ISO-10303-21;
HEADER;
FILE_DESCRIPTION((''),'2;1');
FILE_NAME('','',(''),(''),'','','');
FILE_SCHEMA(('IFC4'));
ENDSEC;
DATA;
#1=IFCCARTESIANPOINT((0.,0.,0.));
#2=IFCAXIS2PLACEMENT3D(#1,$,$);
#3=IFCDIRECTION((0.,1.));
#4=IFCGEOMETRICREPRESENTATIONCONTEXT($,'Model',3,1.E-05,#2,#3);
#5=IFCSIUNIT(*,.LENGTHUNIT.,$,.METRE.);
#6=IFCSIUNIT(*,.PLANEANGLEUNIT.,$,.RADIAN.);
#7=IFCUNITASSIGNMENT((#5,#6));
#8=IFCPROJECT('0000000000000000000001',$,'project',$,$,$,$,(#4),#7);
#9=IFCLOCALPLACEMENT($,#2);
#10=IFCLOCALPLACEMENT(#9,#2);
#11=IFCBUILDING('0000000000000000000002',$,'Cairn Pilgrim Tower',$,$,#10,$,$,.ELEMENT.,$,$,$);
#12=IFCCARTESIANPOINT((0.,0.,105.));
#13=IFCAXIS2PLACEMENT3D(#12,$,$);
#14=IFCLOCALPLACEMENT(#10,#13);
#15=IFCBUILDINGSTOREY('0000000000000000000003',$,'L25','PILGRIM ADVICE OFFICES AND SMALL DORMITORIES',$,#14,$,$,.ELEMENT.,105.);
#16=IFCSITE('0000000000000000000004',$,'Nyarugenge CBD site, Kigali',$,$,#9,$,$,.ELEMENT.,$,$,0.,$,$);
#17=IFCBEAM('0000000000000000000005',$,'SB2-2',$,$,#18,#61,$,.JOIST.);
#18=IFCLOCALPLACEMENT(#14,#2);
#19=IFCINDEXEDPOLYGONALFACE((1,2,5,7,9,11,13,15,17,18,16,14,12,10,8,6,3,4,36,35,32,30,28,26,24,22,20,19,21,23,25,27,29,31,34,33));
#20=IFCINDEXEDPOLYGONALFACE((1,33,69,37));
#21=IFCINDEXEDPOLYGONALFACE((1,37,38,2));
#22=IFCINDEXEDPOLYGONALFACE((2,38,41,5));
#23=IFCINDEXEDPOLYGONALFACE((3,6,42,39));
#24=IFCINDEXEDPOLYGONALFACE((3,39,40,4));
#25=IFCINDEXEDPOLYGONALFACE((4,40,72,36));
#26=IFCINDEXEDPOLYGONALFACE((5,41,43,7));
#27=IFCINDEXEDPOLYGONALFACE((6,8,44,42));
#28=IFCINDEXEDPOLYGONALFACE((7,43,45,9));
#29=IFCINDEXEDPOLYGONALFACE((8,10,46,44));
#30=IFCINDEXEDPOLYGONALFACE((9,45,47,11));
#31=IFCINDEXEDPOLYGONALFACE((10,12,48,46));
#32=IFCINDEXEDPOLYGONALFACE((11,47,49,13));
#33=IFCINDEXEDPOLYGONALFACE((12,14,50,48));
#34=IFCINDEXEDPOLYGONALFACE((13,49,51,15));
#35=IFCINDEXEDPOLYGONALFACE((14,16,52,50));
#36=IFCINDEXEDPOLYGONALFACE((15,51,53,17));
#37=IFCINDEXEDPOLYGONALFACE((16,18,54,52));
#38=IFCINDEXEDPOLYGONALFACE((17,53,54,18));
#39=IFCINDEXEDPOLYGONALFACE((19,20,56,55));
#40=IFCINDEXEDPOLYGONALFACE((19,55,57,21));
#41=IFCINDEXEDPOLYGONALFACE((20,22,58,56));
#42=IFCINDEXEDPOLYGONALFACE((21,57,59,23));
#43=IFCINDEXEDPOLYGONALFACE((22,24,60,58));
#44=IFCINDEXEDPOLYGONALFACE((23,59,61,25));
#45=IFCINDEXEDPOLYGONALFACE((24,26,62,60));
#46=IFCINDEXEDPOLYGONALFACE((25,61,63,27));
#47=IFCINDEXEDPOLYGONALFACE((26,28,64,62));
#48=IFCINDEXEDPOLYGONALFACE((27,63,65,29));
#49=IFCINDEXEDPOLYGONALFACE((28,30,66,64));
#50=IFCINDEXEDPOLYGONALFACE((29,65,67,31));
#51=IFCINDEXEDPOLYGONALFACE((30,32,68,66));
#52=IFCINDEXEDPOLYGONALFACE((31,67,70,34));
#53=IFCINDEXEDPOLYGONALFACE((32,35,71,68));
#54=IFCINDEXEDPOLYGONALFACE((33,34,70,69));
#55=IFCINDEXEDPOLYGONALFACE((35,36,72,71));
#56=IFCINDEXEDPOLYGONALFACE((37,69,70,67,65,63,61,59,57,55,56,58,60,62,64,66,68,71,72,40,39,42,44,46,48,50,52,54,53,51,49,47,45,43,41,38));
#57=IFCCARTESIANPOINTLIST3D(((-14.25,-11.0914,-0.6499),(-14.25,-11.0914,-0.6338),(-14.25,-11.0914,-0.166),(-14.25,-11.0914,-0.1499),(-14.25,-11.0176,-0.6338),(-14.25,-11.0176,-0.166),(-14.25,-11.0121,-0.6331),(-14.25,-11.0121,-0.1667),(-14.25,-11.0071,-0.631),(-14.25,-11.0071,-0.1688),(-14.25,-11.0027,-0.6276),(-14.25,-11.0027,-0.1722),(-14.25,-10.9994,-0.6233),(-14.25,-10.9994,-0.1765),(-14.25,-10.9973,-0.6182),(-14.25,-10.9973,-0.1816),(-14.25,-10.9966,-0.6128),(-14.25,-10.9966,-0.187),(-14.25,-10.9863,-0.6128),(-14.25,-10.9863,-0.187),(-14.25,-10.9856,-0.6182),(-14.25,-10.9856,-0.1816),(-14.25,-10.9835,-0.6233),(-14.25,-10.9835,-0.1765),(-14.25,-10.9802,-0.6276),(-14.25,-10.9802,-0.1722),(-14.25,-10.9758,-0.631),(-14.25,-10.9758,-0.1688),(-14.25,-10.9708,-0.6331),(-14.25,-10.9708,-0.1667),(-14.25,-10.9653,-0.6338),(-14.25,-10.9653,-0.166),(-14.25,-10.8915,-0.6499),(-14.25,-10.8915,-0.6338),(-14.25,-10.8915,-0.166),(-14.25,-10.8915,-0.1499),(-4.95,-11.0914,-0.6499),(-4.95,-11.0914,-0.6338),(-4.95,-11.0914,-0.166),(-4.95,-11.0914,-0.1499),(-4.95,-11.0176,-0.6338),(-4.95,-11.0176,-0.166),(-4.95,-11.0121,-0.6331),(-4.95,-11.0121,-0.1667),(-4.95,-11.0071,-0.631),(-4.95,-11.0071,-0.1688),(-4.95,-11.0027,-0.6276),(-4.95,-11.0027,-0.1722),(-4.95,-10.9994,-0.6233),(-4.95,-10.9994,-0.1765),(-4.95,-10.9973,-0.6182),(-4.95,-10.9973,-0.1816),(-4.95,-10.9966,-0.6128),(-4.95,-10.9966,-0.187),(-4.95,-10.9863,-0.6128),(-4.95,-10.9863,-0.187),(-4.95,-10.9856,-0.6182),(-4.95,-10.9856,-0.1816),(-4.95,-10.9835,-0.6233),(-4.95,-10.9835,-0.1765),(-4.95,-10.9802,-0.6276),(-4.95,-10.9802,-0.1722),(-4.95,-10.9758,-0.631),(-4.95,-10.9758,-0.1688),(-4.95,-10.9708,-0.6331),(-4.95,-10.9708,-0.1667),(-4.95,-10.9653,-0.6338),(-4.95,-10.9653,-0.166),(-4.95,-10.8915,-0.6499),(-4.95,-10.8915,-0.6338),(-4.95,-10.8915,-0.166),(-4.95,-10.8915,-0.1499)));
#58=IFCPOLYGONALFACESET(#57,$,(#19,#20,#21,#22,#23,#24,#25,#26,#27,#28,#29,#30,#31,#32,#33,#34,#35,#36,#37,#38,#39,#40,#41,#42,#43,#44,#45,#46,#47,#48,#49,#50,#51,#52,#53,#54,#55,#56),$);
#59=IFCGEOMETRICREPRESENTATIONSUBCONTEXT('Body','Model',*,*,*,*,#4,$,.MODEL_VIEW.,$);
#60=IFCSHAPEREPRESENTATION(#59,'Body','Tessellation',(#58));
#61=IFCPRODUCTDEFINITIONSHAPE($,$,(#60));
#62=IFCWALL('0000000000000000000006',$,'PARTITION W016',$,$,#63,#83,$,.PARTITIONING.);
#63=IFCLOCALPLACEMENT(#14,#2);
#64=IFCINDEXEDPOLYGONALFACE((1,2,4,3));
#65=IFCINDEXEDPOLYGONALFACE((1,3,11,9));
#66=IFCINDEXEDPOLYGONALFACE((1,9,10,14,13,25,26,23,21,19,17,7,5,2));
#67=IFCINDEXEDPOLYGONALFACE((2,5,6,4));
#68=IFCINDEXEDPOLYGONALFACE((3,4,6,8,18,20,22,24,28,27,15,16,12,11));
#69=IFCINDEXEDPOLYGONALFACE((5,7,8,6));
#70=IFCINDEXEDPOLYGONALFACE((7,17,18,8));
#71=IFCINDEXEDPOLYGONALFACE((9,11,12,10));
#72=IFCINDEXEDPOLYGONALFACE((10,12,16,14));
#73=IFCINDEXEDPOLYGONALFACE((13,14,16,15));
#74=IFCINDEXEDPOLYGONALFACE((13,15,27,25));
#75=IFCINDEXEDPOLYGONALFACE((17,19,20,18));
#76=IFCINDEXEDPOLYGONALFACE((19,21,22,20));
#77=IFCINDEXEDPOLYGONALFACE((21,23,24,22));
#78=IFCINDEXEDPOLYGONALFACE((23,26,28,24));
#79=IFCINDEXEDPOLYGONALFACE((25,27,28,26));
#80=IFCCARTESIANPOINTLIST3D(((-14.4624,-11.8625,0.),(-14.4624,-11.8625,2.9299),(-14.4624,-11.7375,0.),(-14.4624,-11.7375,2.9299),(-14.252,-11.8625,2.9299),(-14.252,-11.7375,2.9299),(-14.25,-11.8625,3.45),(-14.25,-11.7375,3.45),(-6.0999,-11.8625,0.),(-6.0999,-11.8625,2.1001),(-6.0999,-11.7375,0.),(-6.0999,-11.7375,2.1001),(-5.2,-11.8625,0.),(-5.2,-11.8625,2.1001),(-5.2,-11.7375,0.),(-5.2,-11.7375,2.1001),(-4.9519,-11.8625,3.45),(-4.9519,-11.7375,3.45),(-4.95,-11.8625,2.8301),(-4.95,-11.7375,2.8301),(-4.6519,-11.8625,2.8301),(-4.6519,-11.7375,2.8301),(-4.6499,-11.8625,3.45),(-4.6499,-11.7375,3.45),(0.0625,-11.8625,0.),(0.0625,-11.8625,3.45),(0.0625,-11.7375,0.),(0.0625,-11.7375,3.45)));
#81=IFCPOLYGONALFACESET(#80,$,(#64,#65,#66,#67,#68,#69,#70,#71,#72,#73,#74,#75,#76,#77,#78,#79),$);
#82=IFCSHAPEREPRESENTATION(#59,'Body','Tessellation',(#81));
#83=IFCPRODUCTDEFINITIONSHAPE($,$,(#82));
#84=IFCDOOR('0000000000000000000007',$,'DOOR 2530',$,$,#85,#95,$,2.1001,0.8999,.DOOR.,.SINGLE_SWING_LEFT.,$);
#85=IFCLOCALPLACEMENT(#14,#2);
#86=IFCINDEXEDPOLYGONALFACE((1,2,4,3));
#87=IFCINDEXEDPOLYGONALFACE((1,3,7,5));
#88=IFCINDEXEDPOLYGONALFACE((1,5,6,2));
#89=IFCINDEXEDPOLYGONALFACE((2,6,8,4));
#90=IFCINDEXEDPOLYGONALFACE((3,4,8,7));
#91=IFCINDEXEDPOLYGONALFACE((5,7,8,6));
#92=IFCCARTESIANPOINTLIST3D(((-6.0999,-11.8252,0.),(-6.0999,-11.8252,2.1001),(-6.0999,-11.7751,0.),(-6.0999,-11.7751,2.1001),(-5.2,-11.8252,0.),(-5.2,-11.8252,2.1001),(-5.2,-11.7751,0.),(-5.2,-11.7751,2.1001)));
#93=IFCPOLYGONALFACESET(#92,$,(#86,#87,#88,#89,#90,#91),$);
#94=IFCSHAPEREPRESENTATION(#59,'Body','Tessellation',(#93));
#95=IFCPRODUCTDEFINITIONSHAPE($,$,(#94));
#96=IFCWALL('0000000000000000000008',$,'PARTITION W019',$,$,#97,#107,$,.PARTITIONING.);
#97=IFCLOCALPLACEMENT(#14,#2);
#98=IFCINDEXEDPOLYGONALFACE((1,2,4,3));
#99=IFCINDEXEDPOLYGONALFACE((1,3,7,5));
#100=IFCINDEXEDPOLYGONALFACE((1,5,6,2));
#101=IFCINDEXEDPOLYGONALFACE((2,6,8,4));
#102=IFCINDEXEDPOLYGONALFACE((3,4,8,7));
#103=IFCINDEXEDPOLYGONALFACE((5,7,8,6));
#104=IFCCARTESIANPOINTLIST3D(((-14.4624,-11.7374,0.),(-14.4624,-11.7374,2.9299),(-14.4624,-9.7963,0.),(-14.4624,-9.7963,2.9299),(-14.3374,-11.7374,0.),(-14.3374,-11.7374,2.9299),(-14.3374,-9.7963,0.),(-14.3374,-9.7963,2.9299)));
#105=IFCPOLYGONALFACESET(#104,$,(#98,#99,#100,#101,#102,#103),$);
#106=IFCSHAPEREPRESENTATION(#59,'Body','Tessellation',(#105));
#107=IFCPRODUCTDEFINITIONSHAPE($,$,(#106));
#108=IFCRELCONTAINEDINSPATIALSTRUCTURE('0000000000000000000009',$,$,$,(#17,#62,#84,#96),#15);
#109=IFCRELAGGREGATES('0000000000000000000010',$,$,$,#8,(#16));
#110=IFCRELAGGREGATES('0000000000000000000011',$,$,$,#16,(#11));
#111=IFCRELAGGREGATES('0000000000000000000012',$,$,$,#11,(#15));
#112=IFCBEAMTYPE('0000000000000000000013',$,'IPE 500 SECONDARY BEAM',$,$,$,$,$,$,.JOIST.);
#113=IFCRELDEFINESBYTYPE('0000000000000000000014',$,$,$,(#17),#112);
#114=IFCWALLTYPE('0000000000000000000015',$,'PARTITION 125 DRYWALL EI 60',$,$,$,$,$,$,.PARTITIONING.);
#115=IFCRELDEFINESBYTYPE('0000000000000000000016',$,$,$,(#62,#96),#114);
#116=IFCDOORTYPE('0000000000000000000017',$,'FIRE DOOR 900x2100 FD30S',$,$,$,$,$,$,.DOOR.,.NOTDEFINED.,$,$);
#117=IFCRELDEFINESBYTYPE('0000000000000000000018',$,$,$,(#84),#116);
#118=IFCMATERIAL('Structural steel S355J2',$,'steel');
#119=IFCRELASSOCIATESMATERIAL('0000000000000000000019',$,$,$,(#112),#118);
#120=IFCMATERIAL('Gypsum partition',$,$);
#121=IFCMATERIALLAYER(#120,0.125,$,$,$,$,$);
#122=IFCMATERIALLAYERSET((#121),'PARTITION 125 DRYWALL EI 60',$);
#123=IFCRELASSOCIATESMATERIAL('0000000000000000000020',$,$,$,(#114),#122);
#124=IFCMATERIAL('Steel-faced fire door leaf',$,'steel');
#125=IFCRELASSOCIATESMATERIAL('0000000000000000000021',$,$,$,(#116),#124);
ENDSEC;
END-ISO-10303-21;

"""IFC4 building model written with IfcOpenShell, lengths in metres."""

from ifc_helpers import new_model, si_unit, direction, frame, frame_2d, origin, origin_2d, place, context, subcontext, project, spatial, polyline, rectangle, i_section, outline, extrude, material, layer, layer_set, material_profile, profile_set, type_object, element, fill, save


model = new_model("IFC4")

# Units and contexts
model_context = context("Model", 3, precision=1e-05, world=origin(), true_north=direction((0.0, 1.0)))
body_context = subcontext(model_context, "Body", "Model", "MODEL_VIEW")
ifc_project = project(units=[si_unit("LENGTHUNIT", "METRE"), si_unit("PLANEANGLEUNIT", "RADIAN")], contexts=[model_context])

# Site, building, storey
site_placement = place(None, origin())
site = spatial("IfcSite", under=ifc_project, at=site_placement, Name="Nyarugenge CBD site, Kigali", CompositionType="ELEMENT", RefElevation=0.0)
building_placement = place(site_placement, origin())
building = spatial("IfcBuilding", under=site, at=building_placement, Name="Cairn Pilgrim Tower", CompositionType="ELEMENT")
storey_placement = place(building_placement, frame((0.0, 0.0, 105.0)))
storey = spatial("IfcBuildingStorey", under=building, at=storey_placement, Name="L25", Description="PILGRIM ADVICE OFFICES AND SMALL DORMITORIES", CompositionType="ELEMENT", Elevation=105.0)

# Beam
ifc_material_1 = material(Name="Structural steel S355J2", Category="steel")
ifc_material_profile = material_profile(ifc_material_1, i_section(OverallWidth=0.2, OverallDepth=0.5, WebThickness=0.0103, FlangeThickness=0.0161, FilletRadius=0.021, at=origin_2d()), Name="IPE 500")
ifc_profile_set = profile_set([ifc_material_profile], Name="Structural steel S355J2")
beam_type = type_object("IfcBeamType", Name="IPE 500 SECONDARY BEAM", PredefinedType="JOIST", material=ifc_profile_set)
beam_placement = place(storey_placement, frame((-14.25, -10.9915, -0.3999), z_axis=(1.0, 0.0, 0.0), x_axis=(0.0, 1.0, 0.0)))
element("IfcBeam", 1, at=beam_placement, inside=storey, type_object=beam_type, Name="SB2-2", PredefinedType="JOIST", context=body_context, shape_type="SweptSolid", body=[
    extrude(i_section(OverallWidth=0.2, OverallDepth=0.5, WebThickness=0.0103, FlangeThickness=0.0161, FilletRadius=0.021, at=origin_2d()), origin(), (0.0, 0.0, 1.0), 9.3),
])

# Shared definitions
ifc_material_2 = material(Name="Gypsum partition")
ifc_layer = layer(ifc_material_2, 0.125)
ifc_layer_set = layer_set([ifc_layer], Name="PARTITION 125 DRYWALL EI 60")
wall_type = type_object("IfcWallType", Name="PARTITION 125 DRYWALL EI 60", PredefinedType="PARTITIONING", material=ifc_layer_set)
ifc_material_3 = material(Name="Steel-faced fire door leaf", Category="steel")
door_type_1 = type_object("IfcDoorType", Name="FIRE DOOR 900x2100 FD30S", OperationType="NOTDEFINED", PredefinedType="DOOR", material=ifc_material_3)

# Wall, opening, door
wall_1_placement = place(storey_placement, frame((-14.4624, -11.8, 0.0), z_axis=(0.0, 0.0, 1.0), x_axis=(1.0, 0.0, 0.0)))
wall_1 = element("IfcWall", 2, at=wall_1_placement, inside=storey, type_object=wall_type, Name="PARTITION W016", PredefinedType="PARTITIONING", context=body_context, shape_type="SweptSolid", body=[
    extrude(outline(polyline([(0.0, 0.0), (14.5249, 0.0), (14.5249, 3.45), (9.8125, 3.45), (9.8105, 2.8301), (9.5125, 2.8301), (9.5105, 3.45), (0.2124, 3.45), (0.2104, 2.9299), (0.0, 2.9299), (0.0, 0.0)])), frame((0.0, 0.0625, 0.0), z_axis=(0.0, -1.0, 0.0), x_axis=(1.0, 0.0, 0.0)), (0.0, 0.0, 1.0), 0.125),
])
opening_1_placement = place(wall_1_placement, frame((8.3625, 0.0, 0.0)))
opening_1 = element("IfcOpeningElement", 3, at=opening_1_placement, cuts=wall_1, PredefinedType="OPENING", context=body_context, shape_type="SweptSolid", body=[
    extrude(rectangle(XDim=0.8999, YDim=2.1001, at=frame_2d((0.45, 1.05))), frame((0.0, 0.0725, 0.0), z_axis=(0.0, -1.0, 0.0), x_axis=(1.0, 0.0, 0.0)), (0.0, 0.0, 1.0), 0.145),
])
door_1_placement = place(opening_1_placement, origin())
door_1 = element("IfcDoor", 4, at=door_1_placement, inside=storey, type_object=door_type_1, Name="DOOR 2530", OperationType="SINGLE_SWING_LEFT", OverallHeight=2.1001, OverallWidth=0.8999, PredefinedType="DOOR", context=body_context, shape_type="SweptSolid", body=[
    extrude(rectangle(XDim=0.8999, YDim=2.1001, at=frame_2d((0.45, 1.05))), frame((0.0, 0.0249, 0.0), z_axis=(0.0, -1.0, 0.0), x_axis=(1.0, 0.0, 0.0)), (0.0, 0.0, 1.0), 0.05),
])
fill(opening_1, door_1)

# Wall
wall_2_placement = place(storey_placement, frame((-14.3999, -11.7375, 0.0), z_axis=(0.0, 0.0, 1.0), x_axis=(0.0, 1.0, 0.0)))
element("IfcWall", 5, at=wall_2_placement, inside=storey, type_object=wall_type, Name="PARTITION W019", PredefinedType="PARTITIONING", context=body_context, shape_type="SweptSolid", body=[
    extrude(rectangle(XDim=1.9412, YDim=0.125, at=frame_2d((0.9707, 0.0))), origin(), (0.0, 0.0, 1.0), 2.9299),
])

save(model, "model.ifc")
